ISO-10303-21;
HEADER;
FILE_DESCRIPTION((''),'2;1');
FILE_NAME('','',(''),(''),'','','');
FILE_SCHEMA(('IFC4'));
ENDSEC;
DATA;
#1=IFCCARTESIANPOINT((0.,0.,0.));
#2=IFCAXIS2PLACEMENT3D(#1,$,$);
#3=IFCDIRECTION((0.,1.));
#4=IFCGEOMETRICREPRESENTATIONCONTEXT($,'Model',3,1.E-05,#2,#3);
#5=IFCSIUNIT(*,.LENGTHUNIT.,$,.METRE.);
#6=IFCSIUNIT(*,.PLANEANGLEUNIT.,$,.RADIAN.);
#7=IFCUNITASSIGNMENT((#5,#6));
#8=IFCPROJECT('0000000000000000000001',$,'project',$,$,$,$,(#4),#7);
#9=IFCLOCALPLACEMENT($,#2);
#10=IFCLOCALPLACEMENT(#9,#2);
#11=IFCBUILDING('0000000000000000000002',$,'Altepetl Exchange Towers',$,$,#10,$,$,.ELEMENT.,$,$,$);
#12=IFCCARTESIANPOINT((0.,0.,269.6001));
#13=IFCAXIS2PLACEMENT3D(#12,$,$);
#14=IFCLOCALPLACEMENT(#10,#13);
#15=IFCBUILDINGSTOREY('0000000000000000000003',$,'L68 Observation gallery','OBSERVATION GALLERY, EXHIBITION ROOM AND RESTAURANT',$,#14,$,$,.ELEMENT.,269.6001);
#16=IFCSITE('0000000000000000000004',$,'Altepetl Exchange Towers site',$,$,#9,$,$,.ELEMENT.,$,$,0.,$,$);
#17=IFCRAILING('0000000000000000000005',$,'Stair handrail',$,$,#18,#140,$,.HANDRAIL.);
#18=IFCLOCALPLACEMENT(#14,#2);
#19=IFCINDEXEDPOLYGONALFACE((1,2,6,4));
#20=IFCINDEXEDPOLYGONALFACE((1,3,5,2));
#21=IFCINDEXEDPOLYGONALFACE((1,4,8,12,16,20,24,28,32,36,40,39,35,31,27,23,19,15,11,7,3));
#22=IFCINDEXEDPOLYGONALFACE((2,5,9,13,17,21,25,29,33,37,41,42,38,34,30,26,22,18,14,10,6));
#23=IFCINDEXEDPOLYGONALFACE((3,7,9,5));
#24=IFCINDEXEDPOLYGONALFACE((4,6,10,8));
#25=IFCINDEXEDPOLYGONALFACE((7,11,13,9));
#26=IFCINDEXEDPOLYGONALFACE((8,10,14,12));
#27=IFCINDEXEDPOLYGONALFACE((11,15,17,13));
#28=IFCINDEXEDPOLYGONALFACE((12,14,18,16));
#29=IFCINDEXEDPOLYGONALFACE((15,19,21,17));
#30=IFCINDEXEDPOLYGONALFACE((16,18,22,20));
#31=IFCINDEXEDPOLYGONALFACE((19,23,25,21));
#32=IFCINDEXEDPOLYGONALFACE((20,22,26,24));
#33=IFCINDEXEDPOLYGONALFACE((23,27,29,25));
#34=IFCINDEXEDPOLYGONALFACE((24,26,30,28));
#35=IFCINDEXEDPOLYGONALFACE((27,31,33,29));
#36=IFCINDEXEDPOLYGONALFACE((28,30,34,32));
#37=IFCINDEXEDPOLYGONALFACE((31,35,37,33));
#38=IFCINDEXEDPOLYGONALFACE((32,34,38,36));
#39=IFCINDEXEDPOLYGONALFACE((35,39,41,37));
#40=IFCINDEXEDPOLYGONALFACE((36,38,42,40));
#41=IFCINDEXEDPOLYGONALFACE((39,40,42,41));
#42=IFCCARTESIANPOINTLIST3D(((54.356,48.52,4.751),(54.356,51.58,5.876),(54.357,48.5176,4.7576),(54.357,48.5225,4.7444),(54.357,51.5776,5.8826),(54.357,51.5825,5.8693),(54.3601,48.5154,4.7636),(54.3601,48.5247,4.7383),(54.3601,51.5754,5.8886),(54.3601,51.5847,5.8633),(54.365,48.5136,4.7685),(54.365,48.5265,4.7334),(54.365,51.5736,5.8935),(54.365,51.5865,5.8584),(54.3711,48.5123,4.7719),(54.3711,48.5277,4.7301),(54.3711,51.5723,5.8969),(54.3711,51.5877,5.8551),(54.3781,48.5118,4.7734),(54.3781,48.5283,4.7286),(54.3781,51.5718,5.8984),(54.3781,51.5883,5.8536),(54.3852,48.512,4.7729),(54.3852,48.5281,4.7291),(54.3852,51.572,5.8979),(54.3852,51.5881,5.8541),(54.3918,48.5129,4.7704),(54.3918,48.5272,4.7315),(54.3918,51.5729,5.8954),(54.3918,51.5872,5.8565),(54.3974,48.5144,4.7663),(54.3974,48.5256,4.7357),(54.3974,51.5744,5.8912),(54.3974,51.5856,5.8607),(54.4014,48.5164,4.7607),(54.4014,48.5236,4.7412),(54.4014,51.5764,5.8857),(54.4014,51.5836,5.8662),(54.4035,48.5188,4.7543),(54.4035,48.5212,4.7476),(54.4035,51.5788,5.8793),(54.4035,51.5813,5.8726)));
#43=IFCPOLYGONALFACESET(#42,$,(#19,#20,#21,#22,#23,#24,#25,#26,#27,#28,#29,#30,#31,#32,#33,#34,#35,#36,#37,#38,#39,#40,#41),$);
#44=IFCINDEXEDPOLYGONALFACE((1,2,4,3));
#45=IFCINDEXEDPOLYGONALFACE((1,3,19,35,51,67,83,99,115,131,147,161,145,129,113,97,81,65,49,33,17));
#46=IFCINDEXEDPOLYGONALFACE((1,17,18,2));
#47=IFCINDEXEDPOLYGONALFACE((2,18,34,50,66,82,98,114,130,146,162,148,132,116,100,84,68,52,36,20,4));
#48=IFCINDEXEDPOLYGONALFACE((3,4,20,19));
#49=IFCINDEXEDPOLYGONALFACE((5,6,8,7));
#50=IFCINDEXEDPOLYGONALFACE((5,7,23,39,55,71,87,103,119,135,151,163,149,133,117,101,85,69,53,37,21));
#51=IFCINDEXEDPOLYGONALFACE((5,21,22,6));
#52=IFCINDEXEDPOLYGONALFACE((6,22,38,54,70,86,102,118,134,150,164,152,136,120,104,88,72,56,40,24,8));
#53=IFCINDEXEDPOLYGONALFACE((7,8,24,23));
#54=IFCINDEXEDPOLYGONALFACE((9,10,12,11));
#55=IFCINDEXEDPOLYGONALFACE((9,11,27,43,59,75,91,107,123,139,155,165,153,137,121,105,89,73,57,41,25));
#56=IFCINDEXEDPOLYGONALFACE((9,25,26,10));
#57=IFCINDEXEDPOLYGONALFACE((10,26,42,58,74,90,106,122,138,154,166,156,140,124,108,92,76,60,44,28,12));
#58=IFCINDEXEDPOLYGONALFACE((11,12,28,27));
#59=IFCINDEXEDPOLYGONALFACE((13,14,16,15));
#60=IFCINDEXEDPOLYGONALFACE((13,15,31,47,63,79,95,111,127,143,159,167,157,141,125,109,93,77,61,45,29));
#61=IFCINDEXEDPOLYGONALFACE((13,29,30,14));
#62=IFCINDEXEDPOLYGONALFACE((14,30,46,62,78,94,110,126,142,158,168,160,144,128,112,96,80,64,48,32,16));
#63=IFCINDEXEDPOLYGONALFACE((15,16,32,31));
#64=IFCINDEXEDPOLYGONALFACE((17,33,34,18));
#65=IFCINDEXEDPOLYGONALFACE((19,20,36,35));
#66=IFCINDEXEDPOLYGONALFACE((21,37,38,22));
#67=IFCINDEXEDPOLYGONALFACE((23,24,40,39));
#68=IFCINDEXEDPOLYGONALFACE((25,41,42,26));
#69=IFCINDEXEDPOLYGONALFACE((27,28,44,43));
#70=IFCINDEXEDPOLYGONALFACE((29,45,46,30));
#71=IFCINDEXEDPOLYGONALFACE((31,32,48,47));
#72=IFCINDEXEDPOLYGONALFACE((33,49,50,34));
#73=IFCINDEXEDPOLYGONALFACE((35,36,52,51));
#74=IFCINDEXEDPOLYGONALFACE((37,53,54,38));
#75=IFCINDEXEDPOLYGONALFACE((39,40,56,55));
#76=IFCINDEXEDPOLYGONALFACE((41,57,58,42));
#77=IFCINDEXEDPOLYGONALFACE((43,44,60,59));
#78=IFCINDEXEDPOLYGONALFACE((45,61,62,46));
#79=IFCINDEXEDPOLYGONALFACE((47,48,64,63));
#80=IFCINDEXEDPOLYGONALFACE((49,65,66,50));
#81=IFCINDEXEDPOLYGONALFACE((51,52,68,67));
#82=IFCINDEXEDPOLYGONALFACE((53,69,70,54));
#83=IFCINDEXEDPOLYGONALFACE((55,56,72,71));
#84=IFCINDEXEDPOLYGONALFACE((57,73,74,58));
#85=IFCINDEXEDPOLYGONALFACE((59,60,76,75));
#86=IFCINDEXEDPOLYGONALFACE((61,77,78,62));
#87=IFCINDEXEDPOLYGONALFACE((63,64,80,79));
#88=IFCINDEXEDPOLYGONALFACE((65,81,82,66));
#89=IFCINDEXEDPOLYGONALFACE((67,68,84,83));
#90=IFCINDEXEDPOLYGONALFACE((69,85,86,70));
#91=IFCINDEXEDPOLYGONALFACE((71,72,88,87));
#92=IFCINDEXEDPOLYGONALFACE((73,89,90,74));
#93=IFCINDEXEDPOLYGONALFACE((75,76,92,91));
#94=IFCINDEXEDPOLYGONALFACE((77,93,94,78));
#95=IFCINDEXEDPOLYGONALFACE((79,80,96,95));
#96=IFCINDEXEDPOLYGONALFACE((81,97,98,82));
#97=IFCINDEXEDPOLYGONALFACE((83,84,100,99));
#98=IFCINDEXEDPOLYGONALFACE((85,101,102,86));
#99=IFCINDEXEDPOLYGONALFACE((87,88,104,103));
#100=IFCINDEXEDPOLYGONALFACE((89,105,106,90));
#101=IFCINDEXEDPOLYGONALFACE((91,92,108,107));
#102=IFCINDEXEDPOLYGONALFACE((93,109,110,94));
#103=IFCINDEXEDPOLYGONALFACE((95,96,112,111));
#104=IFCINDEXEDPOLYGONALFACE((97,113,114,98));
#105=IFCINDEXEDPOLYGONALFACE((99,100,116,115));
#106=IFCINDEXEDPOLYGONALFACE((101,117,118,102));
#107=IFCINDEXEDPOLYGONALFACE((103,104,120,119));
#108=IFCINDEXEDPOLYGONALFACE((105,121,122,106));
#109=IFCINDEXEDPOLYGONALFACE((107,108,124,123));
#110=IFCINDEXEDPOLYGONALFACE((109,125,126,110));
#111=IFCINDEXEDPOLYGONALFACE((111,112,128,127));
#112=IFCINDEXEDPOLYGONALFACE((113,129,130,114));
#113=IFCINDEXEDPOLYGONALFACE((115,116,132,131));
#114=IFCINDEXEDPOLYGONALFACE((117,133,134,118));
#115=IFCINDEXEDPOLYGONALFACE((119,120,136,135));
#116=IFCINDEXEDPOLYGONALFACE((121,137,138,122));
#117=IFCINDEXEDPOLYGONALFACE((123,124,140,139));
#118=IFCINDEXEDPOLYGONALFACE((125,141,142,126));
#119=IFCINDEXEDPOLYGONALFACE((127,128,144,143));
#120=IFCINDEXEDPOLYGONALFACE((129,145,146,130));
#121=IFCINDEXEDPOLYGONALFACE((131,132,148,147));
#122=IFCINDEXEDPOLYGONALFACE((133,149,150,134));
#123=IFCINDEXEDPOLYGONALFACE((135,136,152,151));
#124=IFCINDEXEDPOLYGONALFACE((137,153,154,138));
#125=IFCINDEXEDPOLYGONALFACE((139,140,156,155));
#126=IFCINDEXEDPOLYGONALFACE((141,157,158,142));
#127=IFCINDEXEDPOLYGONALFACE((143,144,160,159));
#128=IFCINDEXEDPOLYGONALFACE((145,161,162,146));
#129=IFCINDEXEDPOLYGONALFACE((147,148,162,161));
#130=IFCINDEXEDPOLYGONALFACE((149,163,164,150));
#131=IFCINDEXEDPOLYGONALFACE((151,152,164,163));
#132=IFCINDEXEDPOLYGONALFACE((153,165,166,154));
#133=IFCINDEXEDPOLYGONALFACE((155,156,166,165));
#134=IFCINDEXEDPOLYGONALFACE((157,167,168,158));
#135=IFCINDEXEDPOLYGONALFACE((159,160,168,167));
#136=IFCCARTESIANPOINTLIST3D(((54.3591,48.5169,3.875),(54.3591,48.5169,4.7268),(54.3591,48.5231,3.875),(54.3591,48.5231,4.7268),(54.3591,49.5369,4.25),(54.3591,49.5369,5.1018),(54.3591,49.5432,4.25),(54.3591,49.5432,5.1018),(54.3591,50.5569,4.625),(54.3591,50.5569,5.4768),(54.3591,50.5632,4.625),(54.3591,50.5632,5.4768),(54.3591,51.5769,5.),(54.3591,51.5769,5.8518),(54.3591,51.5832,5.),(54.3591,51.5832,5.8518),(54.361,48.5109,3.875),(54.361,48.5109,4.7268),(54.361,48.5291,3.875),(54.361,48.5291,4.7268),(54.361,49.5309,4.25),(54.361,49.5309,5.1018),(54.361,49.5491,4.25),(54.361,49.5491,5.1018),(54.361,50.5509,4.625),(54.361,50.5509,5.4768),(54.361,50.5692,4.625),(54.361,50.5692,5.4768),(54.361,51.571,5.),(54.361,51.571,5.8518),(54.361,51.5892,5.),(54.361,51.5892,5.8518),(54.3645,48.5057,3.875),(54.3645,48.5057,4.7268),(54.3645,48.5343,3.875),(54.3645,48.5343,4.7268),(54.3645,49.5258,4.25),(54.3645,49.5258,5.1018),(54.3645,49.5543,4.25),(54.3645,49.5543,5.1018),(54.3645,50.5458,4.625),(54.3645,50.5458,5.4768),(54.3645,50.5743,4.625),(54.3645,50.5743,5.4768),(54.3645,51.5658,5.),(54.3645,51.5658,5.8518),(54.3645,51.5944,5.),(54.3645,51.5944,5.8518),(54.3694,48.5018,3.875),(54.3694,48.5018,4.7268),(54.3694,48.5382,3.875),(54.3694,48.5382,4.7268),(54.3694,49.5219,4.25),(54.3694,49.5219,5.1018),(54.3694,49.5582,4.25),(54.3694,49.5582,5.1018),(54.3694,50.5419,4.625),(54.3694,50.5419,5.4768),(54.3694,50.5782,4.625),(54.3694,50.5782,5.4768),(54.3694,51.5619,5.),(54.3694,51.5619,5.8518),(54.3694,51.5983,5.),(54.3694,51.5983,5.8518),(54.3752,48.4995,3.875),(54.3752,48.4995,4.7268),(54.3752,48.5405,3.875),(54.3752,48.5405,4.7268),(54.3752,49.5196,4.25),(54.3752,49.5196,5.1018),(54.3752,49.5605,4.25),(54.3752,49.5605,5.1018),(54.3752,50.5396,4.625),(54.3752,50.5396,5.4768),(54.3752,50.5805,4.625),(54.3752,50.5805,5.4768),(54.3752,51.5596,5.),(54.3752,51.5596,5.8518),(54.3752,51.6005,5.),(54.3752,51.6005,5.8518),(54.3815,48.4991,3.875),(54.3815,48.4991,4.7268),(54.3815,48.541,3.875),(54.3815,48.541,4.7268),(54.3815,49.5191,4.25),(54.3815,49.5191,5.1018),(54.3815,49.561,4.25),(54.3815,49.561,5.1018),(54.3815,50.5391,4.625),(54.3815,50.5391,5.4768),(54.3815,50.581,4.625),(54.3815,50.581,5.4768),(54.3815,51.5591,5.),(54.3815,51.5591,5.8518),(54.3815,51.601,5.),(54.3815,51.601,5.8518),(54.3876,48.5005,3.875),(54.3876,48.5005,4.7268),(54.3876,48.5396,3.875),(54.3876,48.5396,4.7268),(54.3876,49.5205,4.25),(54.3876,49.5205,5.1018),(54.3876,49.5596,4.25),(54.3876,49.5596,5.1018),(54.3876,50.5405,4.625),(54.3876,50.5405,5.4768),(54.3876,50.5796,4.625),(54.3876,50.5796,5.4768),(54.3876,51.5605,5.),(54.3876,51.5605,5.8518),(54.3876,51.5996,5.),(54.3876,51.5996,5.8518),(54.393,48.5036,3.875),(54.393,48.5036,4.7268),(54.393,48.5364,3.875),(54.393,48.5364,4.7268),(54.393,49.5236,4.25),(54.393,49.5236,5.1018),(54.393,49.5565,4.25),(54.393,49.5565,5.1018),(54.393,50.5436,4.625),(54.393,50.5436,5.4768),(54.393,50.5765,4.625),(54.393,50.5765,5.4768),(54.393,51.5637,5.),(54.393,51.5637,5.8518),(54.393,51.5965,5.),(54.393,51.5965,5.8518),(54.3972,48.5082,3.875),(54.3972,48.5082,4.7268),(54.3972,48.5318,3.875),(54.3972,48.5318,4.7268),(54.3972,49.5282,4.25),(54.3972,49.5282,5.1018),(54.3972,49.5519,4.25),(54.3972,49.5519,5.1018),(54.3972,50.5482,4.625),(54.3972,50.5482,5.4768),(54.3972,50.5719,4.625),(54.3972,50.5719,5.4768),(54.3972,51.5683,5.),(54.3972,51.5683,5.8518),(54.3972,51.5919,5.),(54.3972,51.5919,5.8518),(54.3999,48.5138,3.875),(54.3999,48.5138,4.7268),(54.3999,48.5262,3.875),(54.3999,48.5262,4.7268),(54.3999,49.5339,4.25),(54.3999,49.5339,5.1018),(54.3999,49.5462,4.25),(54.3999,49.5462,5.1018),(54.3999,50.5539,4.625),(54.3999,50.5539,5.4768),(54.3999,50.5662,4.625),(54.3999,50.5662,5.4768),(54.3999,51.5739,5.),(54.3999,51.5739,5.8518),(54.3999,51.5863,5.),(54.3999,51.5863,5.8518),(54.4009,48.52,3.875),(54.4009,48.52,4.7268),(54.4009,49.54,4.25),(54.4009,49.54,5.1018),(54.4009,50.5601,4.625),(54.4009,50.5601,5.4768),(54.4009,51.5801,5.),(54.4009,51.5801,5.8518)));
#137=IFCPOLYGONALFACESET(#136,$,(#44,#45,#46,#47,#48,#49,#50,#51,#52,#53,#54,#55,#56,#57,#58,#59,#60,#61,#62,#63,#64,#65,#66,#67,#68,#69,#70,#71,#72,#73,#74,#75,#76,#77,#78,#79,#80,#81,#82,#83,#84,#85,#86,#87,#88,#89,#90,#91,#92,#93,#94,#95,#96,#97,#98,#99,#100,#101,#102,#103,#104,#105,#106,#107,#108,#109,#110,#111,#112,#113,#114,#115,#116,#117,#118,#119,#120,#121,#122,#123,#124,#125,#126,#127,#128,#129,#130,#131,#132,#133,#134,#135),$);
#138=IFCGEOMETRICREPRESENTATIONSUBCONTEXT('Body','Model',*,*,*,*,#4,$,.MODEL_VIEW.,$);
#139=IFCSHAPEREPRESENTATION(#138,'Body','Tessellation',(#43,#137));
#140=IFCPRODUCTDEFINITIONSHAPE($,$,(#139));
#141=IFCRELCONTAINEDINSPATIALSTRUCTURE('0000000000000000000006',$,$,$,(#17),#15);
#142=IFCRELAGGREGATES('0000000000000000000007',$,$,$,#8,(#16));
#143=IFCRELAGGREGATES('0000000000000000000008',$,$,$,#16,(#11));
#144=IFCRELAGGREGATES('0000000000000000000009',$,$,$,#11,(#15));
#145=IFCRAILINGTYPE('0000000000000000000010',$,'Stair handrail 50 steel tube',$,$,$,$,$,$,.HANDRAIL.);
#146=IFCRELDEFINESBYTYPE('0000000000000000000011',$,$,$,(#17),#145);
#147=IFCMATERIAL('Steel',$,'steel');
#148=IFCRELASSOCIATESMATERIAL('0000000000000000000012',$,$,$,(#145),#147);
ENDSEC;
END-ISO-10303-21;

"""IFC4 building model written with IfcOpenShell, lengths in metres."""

from ifc_helpers import new_model, si_unit, direction, frame, origin, origin_2d, place, context, subcontext, project, spatial, circle, extrude, source, transform, mapped, material, type_object, element, save


model = new_model("IFC4")

# Units and contexts
model_context = context("Model", 3, precision=1e-05, world=origin(), true_north=direction((0.0, 1.0)))
body_context = subcontext(model_context, "Body", "Model", "MODEL_VIEW")
ifc_project = project(units=[si_unit("LENGTHUNIT", "METRE"), si_unit("PLANEANGLEUNIT", "RADIAN")], contexts=[model_context])

# Site, building, storey
site_placement = place(None, origin())
site = spatial("IfcSite", under=ifc_project, at=site_placement, Name="Altepetl Exchange Towers site", CompositionType="ELEMENT", RefElevation=0.0)
building_placement = place(site_placement, origin())
building = spatial("IfcBuilding", under=site, at=building_placement, Name="Altepetl Exchange Towers", CompositionType="ELEMENT")
storey_placement = place(building_placement, frame((0.0, 0.0, 269.6001)))
storey = spatial("IfcBuildingStorey", under=building, at=storey_placement, Name="L68 Observation gallery", Description="OBSERVATION GALLERY, EXHIBITION ROOM AND RESTAURANT", CompositionType="ELEMENT", Elevation=269.6001)

# Railing
ifc_material_1 = material(Name="Steel", Category="steel")
railing_type = type_object("IfcRailingType", Name="Stair handrail 50 steel tube", PredefinedType="HANDRAIL", material=ifc_material_1)
shared_shape = source(origin(), body_context, "Body", "SweptSolid", [
    extrude(circle(Radius=0.021, at=origin_2d()), origin(), (0.0, 0.0, 1.0), 0.8518),
])
for number, where, name in (
    (1, (54.3799, 48.52, 3.875), "Stair handrail"),
):
    element("IfcRailing", number, at=place(storey_placement, frame(where)), inside=storey, type_object=railing_type, Name=name, PredefinedType="HANDRAIL", context=body_context, shape_type="SweptSolid", body=[
        extrude(circle(Radius=0.0239, at=origin_2d()), frame((0.0, 0.0, 0.876), z_axis=(0.0, 0.938581, 0.34506), x_axis=(-1.0, 0.0, 0.0)), (0.0, 0.0, 1.0), 3.2603),
        mapped(shared_shape, transform((0.0, 0.0, 0.0))),
        mapped(shared_shape, transform((0.0, 1.02, 0.375))),
        mapped(shared_shape, transform((0.0, 2.04, 0.75))),
        mapped(shared_shape, transform((0.0, 3.0601, 1.125))),
    ])

save(model, "model.ifc")
